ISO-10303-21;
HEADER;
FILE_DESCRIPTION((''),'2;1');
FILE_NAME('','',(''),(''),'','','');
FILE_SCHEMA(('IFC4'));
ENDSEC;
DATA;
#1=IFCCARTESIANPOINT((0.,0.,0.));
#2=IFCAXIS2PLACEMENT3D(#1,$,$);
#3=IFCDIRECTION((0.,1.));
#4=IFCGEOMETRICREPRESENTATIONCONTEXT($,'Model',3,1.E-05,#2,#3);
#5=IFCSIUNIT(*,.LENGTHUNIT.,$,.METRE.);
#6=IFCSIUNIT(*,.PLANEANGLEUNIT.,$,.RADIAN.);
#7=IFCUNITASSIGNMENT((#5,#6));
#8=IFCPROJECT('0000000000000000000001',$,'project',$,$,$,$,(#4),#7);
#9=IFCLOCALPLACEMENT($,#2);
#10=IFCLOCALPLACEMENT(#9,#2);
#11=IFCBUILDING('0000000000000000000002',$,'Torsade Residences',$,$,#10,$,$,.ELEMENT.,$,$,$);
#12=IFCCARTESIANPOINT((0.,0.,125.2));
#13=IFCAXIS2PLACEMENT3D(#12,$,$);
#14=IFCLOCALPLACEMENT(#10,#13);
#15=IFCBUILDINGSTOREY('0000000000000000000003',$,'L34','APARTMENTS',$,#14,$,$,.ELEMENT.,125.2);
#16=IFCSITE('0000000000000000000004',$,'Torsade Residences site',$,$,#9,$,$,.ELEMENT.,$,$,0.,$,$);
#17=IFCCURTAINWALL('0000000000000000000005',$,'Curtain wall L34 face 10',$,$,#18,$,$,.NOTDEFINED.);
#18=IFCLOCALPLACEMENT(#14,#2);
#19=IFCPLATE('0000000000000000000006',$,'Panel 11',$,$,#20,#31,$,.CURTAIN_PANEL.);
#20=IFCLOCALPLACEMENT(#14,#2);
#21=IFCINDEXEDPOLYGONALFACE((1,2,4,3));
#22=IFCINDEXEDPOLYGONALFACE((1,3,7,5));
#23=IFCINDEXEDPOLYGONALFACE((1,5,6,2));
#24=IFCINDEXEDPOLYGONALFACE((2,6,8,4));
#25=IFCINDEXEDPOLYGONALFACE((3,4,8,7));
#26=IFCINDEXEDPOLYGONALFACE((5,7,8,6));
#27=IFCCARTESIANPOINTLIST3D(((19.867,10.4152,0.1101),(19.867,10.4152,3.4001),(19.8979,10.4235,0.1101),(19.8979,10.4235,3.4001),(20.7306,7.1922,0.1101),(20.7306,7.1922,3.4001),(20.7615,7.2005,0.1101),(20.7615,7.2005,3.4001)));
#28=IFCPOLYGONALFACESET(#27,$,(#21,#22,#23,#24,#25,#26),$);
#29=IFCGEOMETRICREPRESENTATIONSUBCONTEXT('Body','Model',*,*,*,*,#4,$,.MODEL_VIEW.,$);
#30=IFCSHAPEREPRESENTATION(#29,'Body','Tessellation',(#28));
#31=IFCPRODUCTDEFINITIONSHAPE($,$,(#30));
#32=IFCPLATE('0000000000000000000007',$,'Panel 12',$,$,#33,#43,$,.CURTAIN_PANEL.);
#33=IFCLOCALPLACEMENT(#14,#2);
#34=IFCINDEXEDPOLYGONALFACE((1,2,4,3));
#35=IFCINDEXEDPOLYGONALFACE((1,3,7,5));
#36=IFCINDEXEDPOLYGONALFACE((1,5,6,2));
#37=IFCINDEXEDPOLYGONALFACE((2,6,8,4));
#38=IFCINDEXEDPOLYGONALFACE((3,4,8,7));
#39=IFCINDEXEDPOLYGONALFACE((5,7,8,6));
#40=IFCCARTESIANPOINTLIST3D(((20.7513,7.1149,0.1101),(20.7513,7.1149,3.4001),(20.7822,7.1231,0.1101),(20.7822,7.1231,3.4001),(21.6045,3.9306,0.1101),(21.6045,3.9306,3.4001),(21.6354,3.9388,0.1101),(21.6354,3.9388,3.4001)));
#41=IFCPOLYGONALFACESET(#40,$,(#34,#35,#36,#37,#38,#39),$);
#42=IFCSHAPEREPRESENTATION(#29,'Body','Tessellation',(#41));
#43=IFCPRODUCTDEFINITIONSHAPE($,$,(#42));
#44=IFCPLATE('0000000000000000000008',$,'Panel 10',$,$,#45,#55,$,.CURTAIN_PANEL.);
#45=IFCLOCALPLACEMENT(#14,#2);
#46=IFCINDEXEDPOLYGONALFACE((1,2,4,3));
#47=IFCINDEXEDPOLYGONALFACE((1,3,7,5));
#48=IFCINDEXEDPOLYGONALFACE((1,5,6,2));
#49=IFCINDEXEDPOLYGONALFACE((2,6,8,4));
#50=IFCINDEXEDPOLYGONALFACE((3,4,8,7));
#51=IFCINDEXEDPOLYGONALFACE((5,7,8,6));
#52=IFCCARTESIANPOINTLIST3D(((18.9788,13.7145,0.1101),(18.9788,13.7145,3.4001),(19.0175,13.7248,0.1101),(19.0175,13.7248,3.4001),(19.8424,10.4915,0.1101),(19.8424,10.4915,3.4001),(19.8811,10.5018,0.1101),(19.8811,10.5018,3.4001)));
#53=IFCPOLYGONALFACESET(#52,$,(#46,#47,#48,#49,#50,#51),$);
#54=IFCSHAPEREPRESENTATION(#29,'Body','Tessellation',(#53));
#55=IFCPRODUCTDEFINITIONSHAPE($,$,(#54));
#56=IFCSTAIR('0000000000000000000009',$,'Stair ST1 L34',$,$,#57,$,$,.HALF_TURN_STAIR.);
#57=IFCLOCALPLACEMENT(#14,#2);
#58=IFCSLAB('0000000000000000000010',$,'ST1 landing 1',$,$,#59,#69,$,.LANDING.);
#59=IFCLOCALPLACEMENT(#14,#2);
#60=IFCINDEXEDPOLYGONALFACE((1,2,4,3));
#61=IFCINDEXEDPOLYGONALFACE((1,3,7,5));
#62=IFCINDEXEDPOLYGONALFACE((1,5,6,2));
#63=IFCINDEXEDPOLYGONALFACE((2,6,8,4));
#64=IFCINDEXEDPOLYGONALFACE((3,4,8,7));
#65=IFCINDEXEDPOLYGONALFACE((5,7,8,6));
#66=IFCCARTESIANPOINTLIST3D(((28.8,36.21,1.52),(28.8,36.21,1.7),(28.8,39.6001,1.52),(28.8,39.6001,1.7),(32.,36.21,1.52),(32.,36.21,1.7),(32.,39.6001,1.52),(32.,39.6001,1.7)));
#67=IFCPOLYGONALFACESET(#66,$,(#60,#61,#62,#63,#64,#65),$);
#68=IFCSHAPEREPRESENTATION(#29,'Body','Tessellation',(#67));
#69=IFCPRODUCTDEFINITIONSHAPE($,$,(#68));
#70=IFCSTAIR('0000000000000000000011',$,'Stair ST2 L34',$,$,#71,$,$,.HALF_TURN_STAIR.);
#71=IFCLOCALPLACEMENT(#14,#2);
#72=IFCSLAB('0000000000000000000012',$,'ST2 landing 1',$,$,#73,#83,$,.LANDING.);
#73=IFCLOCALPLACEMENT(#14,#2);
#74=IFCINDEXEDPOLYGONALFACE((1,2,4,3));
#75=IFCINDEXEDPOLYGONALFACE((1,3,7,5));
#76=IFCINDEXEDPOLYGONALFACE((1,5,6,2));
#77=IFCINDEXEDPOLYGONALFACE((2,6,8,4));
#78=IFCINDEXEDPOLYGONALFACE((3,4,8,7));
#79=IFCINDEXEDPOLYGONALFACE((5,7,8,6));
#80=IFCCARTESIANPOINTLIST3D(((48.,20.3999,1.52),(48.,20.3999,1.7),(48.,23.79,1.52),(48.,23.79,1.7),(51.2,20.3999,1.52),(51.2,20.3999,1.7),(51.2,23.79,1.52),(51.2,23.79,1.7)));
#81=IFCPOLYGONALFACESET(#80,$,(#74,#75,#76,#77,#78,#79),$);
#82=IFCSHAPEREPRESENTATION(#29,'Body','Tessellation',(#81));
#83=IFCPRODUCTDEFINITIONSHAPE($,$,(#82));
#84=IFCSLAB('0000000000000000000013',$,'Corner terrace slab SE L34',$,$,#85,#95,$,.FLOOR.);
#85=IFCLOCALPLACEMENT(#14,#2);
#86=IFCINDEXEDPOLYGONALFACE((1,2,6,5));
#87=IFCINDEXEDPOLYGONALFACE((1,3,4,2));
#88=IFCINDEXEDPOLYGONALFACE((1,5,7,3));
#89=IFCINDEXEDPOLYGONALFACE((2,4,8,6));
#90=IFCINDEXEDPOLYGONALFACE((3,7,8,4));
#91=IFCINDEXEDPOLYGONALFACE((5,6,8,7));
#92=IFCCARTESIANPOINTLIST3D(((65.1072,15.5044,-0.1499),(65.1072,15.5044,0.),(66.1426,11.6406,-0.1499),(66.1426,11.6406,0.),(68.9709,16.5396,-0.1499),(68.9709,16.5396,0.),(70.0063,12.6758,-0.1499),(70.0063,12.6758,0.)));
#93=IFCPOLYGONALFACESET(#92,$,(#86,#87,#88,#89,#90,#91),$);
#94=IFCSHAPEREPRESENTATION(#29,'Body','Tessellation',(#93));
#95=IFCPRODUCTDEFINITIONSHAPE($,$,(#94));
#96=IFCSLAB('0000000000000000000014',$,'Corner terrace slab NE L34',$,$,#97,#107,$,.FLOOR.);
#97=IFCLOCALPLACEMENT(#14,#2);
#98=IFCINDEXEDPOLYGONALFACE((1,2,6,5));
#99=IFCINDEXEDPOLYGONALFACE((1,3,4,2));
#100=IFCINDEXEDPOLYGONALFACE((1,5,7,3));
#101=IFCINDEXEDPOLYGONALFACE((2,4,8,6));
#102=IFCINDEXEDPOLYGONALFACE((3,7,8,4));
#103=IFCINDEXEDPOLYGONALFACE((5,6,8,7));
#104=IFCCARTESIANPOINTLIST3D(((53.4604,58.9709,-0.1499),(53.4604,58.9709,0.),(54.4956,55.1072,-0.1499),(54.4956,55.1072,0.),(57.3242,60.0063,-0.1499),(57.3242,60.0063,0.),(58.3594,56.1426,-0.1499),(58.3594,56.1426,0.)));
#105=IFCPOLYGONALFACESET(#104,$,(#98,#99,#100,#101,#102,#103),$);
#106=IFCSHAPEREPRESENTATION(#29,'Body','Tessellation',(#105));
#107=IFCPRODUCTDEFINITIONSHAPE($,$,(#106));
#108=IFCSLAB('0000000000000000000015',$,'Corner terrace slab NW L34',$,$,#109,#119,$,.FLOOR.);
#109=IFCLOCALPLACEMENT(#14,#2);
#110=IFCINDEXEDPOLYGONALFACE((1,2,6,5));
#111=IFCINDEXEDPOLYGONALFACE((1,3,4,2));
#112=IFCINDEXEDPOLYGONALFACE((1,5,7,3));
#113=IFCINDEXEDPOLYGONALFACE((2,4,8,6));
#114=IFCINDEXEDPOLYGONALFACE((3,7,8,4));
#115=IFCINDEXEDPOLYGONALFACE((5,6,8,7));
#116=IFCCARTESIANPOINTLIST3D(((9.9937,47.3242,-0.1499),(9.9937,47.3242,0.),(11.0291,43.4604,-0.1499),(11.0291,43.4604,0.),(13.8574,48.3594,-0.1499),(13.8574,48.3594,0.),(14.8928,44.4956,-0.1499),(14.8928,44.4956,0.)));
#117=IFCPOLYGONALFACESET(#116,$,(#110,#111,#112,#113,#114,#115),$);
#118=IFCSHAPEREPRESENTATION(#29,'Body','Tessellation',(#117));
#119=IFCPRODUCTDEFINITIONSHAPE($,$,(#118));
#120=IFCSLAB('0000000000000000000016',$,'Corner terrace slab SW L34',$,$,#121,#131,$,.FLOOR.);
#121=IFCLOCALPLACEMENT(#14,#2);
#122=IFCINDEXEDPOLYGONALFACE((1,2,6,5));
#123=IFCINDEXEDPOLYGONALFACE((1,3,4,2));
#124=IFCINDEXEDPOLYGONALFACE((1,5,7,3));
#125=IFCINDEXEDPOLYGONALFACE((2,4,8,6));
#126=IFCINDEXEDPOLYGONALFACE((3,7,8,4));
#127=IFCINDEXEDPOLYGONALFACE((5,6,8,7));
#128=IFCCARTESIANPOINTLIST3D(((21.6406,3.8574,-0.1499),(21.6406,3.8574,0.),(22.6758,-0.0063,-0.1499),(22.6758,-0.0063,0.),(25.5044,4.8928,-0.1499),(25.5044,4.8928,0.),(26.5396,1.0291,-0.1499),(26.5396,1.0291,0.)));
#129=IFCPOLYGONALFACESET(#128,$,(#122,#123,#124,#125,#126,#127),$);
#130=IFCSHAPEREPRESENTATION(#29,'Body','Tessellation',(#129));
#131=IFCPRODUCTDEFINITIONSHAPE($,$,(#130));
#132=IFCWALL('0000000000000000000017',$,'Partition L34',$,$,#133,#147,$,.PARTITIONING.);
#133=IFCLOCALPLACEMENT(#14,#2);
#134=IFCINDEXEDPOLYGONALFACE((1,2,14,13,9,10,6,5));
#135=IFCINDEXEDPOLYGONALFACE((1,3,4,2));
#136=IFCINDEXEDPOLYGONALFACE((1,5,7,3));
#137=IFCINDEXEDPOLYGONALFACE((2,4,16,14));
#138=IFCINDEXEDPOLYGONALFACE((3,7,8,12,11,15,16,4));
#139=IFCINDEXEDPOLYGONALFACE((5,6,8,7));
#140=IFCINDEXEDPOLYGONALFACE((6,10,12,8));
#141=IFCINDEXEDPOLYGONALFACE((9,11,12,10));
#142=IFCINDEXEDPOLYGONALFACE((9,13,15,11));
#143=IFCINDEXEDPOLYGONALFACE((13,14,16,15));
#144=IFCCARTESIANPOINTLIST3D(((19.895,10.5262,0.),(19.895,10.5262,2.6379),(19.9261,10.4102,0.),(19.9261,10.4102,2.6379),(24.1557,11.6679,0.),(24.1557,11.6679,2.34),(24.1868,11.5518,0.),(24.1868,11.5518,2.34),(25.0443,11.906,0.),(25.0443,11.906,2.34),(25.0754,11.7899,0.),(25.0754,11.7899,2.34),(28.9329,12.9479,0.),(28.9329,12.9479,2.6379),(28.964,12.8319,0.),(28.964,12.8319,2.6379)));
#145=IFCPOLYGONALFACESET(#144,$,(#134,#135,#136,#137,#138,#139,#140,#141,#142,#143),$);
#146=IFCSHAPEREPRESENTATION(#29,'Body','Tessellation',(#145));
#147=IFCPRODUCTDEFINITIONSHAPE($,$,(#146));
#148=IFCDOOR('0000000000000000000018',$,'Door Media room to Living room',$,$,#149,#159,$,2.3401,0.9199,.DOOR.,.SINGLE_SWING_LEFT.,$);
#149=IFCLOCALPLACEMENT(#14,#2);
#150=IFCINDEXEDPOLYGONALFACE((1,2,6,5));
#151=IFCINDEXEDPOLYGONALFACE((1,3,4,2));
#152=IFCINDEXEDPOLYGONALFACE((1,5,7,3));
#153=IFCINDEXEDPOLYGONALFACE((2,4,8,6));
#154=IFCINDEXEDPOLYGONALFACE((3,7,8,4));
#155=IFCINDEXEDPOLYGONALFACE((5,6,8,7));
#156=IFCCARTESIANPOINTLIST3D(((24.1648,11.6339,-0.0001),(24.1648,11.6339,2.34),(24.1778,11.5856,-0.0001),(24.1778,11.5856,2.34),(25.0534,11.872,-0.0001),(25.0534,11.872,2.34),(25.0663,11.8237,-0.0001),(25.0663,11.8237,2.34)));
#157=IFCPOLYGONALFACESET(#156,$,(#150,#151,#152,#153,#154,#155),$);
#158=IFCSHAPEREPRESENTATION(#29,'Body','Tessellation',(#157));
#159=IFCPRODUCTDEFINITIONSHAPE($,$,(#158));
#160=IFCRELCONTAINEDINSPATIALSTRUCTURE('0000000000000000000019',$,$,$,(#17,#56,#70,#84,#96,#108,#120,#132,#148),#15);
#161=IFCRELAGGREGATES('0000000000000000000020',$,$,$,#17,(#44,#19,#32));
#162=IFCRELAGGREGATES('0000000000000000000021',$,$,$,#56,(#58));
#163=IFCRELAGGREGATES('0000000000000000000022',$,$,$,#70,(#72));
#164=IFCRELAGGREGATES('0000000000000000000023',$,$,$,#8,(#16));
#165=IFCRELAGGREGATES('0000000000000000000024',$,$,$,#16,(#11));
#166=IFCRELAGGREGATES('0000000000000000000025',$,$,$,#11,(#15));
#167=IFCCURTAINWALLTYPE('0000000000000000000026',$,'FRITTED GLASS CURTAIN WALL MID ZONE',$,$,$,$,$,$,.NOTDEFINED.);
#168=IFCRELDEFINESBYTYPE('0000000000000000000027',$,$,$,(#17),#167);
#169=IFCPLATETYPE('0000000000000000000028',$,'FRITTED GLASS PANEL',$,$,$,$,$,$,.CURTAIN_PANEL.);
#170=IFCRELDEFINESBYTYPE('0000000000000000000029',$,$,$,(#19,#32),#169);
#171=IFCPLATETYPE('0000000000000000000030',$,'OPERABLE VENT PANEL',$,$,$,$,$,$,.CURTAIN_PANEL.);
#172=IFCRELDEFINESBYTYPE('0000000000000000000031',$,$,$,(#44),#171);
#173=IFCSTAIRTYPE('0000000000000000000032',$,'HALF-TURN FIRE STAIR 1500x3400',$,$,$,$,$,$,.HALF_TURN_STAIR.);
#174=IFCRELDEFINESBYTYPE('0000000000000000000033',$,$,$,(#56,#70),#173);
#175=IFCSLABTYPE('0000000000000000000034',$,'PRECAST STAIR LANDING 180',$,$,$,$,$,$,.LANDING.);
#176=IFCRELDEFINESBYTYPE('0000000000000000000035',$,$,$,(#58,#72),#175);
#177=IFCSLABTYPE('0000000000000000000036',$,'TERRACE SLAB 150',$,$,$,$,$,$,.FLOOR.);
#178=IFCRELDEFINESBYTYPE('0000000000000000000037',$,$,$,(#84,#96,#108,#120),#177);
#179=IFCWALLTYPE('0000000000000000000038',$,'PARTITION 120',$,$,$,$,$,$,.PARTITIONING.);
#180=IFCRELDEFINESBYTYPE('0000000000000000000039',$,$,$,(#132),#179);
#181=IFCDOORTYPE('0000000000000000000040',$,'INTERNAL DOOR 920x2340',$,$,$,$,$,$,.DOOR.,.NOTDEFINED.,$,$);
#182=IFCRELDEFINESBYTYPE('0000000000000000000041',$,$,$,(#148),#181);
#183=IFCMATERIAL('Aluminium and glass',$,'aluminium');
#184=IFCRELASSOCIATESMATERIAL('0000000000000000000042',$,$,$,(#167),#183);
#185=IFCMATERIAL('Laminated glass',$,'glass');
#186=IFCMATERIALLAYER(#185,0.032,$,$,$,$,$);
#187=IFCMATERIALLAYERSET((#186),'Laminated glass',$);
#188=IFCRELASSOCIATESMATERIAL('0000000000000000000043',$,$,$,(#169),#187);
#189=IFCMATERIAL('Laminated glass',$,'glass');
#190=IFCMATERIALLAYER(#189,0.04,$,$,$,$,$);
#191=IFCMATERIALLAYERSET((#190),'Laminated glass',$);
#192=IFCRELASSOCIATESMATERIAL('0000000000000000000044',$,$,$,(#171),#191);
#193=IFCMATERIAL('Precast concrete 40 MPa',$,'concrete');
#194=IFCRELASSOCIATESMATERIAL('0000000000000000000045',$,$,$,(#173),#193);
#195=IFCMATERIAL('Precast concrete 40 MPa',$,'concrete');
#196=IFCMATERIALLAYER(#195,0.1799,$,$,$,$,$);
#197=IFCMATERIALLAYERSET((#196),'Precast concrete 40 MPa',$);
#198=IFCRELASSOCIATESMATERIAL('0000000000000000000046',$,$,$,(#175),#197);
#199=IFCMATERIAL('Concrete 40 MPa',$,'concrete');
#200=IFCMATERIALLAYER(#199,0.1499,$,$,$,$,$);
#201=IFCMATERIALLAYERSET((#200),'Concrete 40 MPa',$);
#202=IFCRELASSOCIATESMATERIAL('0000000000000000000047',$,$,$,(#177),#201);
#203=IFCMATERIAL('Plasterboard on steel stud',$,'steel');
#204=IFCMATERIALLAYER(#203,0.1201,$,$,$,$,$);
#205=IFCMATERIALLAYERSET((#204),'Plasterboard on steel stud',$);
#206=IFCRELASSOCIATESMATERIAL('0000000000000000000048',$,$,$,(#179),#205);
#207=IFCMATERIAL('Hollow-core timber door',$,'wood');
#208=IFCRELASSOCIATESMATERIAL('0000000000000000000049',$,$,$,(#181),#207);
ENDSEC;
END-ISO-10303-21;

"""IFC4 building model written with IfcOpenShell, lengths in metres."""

from ifc_helpers import new_model, si_unit, direction, frame, frame_2d, origin, origin_2d, place, context, subcontext, project, spatial, polyline, rectangle, outline, extrude, material, layer, layer_set, type_object, element, fill, aggregate, save


model = new_model("IFC4")

# Units and contexts
model_context = context("Model", 3, precision=1e-05, world=origin(), true_north=direction((0.0, 1.0)))
body_context = subcontext(model_context, "Body", "Model", "MODEL_VIEW")
ifc_project = project(units=[si_unit("LENGTHUNIT", "METRE"), si_unit("PLANEANGLEUNIT", "RADIAN")], contexts=[model_context])

# Site, building, storey
site_placement = place(None, origin())
site = spatial("IfcSite", under=ifc_project, at=site_placement, Name="Torsade Residences site", CompositionType="ELEMENT", RefElevation=0.0)
building_placement = place(site_placement, origin())
building = spatial("IfcBuilding", under=site, at=building_placement, Name="Torsade Residences", CompositionType="ELEMENT")
storey_placement = place(building_placement, frame((0.0, 0.0, 125.2)))
storey = spatial("IfcBuildingStorey", under=building, at=storey_placement, Name="L34", Description="APARTMENTS", CompositionType="ELEMENT", Elevation=125.2)

# Curtain wall
ifc_material_1 = material(Name="Aluminium and glass", Category="aluminium")
curtain_wall_type = type_object("IfcCurtainWallType", Name="FRITTED GLASS CURTAIN WALL MID ZONE", PredefinedType="NOTDEFINED", material=ifc_material_1)
curtain_wall_placement = place(storey_placement, origin())
curtain_wall = element("IfcCurtainWall", 1, at=curtain_wall_placement, inside=storey, type_object=curtain_wall_type, Name="Curtain wall L34 face 10", PredefinedType="NOTDEFINED")

# Plates
ifc_material_2 = material(Name="Laminated glass", Category="glass")
ifc_layer_1 = layer(ifc_material_2, 0.032)
ifc_layer_set_1 = layer_set([ifc_layer_1], Name="Laminated glass")
plate_type_1 = type_object("IfcPlateType", Name="FRITTED GLASS PANEL", PredefinedType="CURTAIN_PANEL", material=ifc_layer_set_1)
plate_1_placement = place(storey_placement, frame((20.3142, 8.8079, 0.1101), z_axis=(0.0, 0.0, 1.0), x_axis=(0.258819, -0.965926, 0.0)))
plate_1 = element("IfcPlate", 2, at=plate_1_placement, type_object=plate_type_1, Name="Panel 11", PredefinedType="CURTAIN_PANEL", context=body_context, shape_type="SweptSolid", body=[
    extrude(rectangle(XDim=3.3367, YDim=0.032, at=origin_2d()), origin(), (0.0, 0.0, 1.0), 3.29),
])
plate_2_placement = place(storey_placement, frame((21.1934, 5.5269, 0.1101), z_axis=(0.0, 0.0, 1.0), x_axis=(0.258819, -0.965926, 0.0)))
plate_2 = element("IfcPlate", 3, at=plate_2_placement, type_object=plate_type_1, Name="Panel 12", PredefinedType="CURTAIN_PANEL", context=body_context, shape_type="SweptSolid", body=[
    extrude(rectangle(XDim=3.2966, YDim=0.032, at=origin_2d()), origin(), (0.0, 0.0, 1.0), 3.29),
])
ifc_material_3 = material(Name="Laminated glass", Category="glass")
ifc_layer_2 = layer(ifc_material_3, 0.04)
ifc_layer_set_2 = layer_set([ifc_layer_2], Name="Laminated glass")
plate_type_2 = type_object("IfcPlateType", Name="OPERABLE VENT PANEL", PredefinedType="CURTAIN_PANEL", material=ifc_layer_set_2)
plate_3_placement = place(storey_placement, frame((19.4299, 12.1082, 0.1101), z_axis=(0.0, 0.0, 1.0), x_axis=(0.258819, -0.965926, 0.0)))
plate_3 = element("IfcPlate", 4, at=plate_3_placement, type_object=plate_type_2, Name="Panel 10", PredefinedType="CURTAIN_PANEL", context=body_context, shape_type="SweptSolid", body=[
    extrude(rectangle(XDim=3.3367, YDim=0.04, at=origin_2d()), origin(), (0.0, 0.0, 1.0), 3.29),
])
aggregate(curtain_wall, [plate_3, plate_1, plate_2])

# Stairs, slabs
ifc_material_4 = material(Name="Precast concrete 40 MPa", Category="concrete")
stair_type = type_object("IfcStairType", Name="HALF-TURN FIRE STAIR 1500x3400", PredefinedType="HALF_TURN_STAIR", material=ifc_material_4)
stair_1_placement = place(storey_placement, origin())
stair_1 = element("IfcStair", 5, at=stair_1_placement, inside=storey, type_object=stair_type, Name="Stair ST1 L34", PredefinedType="HALF_TURN_STAIR")
ifc_material_5 = material(Name="Precast concrete 40 MPa", Category="concrete")
ifc_layer_3 = layer(ifc_material_5, 0.1799)
ifc_layer_set_3 = layer_set([ifc_layer_3], Name="Precast concrete 40 MPa")
slab_type_1 = type_object("IfcSlabType", Name="PRECAST STAIR LANDING 180", PredefinedType="LANDING", material=ifc_layer_set_3)
slab_1_placement = place(storey_placement, frame((0.0, 0.0, 1.52)))
slab_1 = element("IfcSlab", 6, at=slab_1_placement, type_object=slab_type_1, Name="ST1 landing 1", PredefinedType="LANDING", context=body_context, shape_type="SweptSolid", body=[
    extrude(outline(polyline([(28.8, 36.21), (32.0, 36.21), (32.0, 39.6001), (28.8, 39.6001), (28.8, 36.21)])), origin(), (0.0, 0.0, 1.0), 0.1799),
])
aggregate(stair_1, [slab_1])
stair_2_placement = place(storey_placement, origin())
stair_2 = element("IfcStair", 7, at=stair_2_placement, inside=storey, type_object=stair_type, Name="Stair ST2 L34", PredefinedType="HALF_TURN_STAIR")
slab_2_placement = place(storey_placement, frame((0.0, 0.0, 1.52)))
slab_2 = element("IfcSlab", 8, at=slab_2_placement, type_object=slab_type_1, Name="ST2 landing 1", PredefinedType="LANDING", context=body_context, shape_type="SweptSolid", body=[
    extrude(outline(polyline([(48.0, 20.3999), (51.2, 20.3999), (51.2, 23.79), (48.0, 23.79), (48.0, 20.3999)])), origin(), (0.0, 0.0, 1.0), 0.1799),
])
aggregate(stair_2, [slab_2])

# Slabs
ifc_material_6 = material(Name="Concrete 40 MPa", Category="concrete")
ifc_layer_4 = layer(ifc_material_6, 0.1499)
ifc_layer_set_4 = layer_set([ifc_layer_4], Name="Concrete 40 MPa")
slab_type_2 = type_object("IfcSlabType", Name="TERRACE SLAB 150", PredefinedType="FLOOR", material=ifc_layer_set_4)
slab_3_placement = place(storey_placement, frame((0.0, 0.0, -0.1499)))
element("IfcSlab", 9, at=slab_3_placement, inside=storey, type_object=slab_type_2, Name="Corner terrace slab SE L34", PredefinedType="FLOOR", context=body_context, shape_type="SweptSolid", body=[
    extrude(outline(polyline([(66.1426, 11.6406), (70.0063, 12.6758), (68.9709, 16.5396), (65.1072, 15.5044), (66.1426, 11.6406)])), origin(), (0.0, 0.0, 1.0), 0.1499),
])
slab_4_placement = place(storey_placement, frame((0.0, 0.0, -0.1499)))
element("IfcSlab", 10, at=slab_4_placement, inside=storey, type_object=slab_type_2, Name="Corner terrace slab NE L34", PredefinedType="FLOOR", context=body_context, shape_type="SweptSolid", body=[
    extrude(outline(polyline([(54.4956, 55.1072), (58.3594, 56.1426), (57.3242, 60.0063), (53.4604, 58.9709), (54.4956, 55.1072)])), origin(), (0.0, 0.0, 1.0), 0.1499),
])
slab_5_placement = place(storey_placement, frame((0.0, 0.0, -0.1499)))
element("IfcSlab", 11, at=slab_5_placement, inside=storey, type_object=slab_type_2, Name="Corner terrace slab NW L34", PredefinedType="FLOOR", context=body_context, shape_type="SweptSolid", body=[
    extrude(outline(polyline([(11.0291, 43.4604), (14.8928, 44.4956), (13.8574, 48.3594), (9.9937, 47.3242), (11.0291, 43.4604)])), origin(), (0.0, 0.0, 1.0), 0.1499),
])
slab_6_placement = place(storey_placement, frame((0.0, 0.0, -0.1499)))
element("IfcSlab", 12, at=slab_6_placement, inside=storey, type_object=slab_type_2, Name="Corner terrace slab SW L34", PredefinedType="FLOOR", context=body_context, shape_type="SweptSolid", body=[
    extrude(outline(polyline([(22.6758, -0.0063), (26.5396, 1.0291), (25.5044, 4.8928), (21.6406, 3.8574), (22.6758, -0.0063)])), origin(), (0.0, 0.0, 1.0), 0.1499),
])

# Wall, opening, door
ifc_material_7 = material(Name="Plasterboard on steel stud", Category="steel")
ifc_layer_5 = layer(ifc_material_7, 0.1201)
ifc_layer_set_5 = layer_set([ifc_layer_5], Name="Plasterboard on steel stud")
wall_type_1 = type_object("IfcWallType", Name="PARTITION 120", PredefinedType="PARTITIONING", material=ifc_layer_set_5)
wall_1_placement = place(storey_placement, frame((19.9106, 10.4683, 0.0), z_axis=(0.0, 0.0, 1.0), x_axis=(0.965927, 0.258814, 0.0)))
wall_1 = element("IfcWall", 13, at=wall_1_placement, inside=storey, type_object=wall_type_1, Name="Partition L34", PredefinedType="PARTITIONING", context=body_context, shape_type="SweptSolid", body=[
    extrude(rectangle(XDim=9.3567, YDim=0.1201, at=frame_2d((4.6782, 0.0))), origin(), (0.0, 0.0, 1.0), 2.6379),
])
opening_1_placement = place(wall_1_placement, frame((4.4109, 0.0, 0.0)))
opening_1 = element("IfcOpeningElement", 14, at=opening_1_placement, cuts=wall_1, PredefinedType="OPENING", context=body_context, shape_type="SweptSolid", body=[
    extrude(rectangle(XDim=0.9199, YDim=2.3401, at=frame_2d((0.46, 1.1699))), frame((0.0, 0.0701, 0.0), z_axis=(0.0, -1.0, 0.0), x_axis=(1.0, 0.0, 0.0)), (0.0, 0.0, 1.0), 0.1401),
])
ifc_material_8 = material(Name="Hollow-core timber door", Category="wood")
door_type_1 = type_object("IfcDoorType", Name="INTERNAL DOOR 920x2340", OperationType="NOTDEFINED", PredefinedType="DOOR", material=ifc_material_8)
door_1_placement = place(opening_1_placement, origin())
door_1 = element("IfcDoor", 15, at=door_1_placement, inside=storey, type_object=door_type_1, Name="Door Media room to Living room", OperationType="SINGLE_SWING_LEFT", OverallHeight=2.3401, OverallWidth=0.9199, PredefinedType="DOOR", context=body_context, shape_type="SweptSolid", body=[
    extrude(rectangle(XDim=0.9199, YDim=2.3401, at=frame_2d((0.46, 1.1699))), frame((0.0, 0.0249, 0.0), z_axis=(0.0, -1.0, 0.0), x_axis=(1.0, 0.0, 0.0)), (0.0, 0.0, 1.0), 0.05),
])
fill(opening_1, door_1)

save(model, "model.ifc")
